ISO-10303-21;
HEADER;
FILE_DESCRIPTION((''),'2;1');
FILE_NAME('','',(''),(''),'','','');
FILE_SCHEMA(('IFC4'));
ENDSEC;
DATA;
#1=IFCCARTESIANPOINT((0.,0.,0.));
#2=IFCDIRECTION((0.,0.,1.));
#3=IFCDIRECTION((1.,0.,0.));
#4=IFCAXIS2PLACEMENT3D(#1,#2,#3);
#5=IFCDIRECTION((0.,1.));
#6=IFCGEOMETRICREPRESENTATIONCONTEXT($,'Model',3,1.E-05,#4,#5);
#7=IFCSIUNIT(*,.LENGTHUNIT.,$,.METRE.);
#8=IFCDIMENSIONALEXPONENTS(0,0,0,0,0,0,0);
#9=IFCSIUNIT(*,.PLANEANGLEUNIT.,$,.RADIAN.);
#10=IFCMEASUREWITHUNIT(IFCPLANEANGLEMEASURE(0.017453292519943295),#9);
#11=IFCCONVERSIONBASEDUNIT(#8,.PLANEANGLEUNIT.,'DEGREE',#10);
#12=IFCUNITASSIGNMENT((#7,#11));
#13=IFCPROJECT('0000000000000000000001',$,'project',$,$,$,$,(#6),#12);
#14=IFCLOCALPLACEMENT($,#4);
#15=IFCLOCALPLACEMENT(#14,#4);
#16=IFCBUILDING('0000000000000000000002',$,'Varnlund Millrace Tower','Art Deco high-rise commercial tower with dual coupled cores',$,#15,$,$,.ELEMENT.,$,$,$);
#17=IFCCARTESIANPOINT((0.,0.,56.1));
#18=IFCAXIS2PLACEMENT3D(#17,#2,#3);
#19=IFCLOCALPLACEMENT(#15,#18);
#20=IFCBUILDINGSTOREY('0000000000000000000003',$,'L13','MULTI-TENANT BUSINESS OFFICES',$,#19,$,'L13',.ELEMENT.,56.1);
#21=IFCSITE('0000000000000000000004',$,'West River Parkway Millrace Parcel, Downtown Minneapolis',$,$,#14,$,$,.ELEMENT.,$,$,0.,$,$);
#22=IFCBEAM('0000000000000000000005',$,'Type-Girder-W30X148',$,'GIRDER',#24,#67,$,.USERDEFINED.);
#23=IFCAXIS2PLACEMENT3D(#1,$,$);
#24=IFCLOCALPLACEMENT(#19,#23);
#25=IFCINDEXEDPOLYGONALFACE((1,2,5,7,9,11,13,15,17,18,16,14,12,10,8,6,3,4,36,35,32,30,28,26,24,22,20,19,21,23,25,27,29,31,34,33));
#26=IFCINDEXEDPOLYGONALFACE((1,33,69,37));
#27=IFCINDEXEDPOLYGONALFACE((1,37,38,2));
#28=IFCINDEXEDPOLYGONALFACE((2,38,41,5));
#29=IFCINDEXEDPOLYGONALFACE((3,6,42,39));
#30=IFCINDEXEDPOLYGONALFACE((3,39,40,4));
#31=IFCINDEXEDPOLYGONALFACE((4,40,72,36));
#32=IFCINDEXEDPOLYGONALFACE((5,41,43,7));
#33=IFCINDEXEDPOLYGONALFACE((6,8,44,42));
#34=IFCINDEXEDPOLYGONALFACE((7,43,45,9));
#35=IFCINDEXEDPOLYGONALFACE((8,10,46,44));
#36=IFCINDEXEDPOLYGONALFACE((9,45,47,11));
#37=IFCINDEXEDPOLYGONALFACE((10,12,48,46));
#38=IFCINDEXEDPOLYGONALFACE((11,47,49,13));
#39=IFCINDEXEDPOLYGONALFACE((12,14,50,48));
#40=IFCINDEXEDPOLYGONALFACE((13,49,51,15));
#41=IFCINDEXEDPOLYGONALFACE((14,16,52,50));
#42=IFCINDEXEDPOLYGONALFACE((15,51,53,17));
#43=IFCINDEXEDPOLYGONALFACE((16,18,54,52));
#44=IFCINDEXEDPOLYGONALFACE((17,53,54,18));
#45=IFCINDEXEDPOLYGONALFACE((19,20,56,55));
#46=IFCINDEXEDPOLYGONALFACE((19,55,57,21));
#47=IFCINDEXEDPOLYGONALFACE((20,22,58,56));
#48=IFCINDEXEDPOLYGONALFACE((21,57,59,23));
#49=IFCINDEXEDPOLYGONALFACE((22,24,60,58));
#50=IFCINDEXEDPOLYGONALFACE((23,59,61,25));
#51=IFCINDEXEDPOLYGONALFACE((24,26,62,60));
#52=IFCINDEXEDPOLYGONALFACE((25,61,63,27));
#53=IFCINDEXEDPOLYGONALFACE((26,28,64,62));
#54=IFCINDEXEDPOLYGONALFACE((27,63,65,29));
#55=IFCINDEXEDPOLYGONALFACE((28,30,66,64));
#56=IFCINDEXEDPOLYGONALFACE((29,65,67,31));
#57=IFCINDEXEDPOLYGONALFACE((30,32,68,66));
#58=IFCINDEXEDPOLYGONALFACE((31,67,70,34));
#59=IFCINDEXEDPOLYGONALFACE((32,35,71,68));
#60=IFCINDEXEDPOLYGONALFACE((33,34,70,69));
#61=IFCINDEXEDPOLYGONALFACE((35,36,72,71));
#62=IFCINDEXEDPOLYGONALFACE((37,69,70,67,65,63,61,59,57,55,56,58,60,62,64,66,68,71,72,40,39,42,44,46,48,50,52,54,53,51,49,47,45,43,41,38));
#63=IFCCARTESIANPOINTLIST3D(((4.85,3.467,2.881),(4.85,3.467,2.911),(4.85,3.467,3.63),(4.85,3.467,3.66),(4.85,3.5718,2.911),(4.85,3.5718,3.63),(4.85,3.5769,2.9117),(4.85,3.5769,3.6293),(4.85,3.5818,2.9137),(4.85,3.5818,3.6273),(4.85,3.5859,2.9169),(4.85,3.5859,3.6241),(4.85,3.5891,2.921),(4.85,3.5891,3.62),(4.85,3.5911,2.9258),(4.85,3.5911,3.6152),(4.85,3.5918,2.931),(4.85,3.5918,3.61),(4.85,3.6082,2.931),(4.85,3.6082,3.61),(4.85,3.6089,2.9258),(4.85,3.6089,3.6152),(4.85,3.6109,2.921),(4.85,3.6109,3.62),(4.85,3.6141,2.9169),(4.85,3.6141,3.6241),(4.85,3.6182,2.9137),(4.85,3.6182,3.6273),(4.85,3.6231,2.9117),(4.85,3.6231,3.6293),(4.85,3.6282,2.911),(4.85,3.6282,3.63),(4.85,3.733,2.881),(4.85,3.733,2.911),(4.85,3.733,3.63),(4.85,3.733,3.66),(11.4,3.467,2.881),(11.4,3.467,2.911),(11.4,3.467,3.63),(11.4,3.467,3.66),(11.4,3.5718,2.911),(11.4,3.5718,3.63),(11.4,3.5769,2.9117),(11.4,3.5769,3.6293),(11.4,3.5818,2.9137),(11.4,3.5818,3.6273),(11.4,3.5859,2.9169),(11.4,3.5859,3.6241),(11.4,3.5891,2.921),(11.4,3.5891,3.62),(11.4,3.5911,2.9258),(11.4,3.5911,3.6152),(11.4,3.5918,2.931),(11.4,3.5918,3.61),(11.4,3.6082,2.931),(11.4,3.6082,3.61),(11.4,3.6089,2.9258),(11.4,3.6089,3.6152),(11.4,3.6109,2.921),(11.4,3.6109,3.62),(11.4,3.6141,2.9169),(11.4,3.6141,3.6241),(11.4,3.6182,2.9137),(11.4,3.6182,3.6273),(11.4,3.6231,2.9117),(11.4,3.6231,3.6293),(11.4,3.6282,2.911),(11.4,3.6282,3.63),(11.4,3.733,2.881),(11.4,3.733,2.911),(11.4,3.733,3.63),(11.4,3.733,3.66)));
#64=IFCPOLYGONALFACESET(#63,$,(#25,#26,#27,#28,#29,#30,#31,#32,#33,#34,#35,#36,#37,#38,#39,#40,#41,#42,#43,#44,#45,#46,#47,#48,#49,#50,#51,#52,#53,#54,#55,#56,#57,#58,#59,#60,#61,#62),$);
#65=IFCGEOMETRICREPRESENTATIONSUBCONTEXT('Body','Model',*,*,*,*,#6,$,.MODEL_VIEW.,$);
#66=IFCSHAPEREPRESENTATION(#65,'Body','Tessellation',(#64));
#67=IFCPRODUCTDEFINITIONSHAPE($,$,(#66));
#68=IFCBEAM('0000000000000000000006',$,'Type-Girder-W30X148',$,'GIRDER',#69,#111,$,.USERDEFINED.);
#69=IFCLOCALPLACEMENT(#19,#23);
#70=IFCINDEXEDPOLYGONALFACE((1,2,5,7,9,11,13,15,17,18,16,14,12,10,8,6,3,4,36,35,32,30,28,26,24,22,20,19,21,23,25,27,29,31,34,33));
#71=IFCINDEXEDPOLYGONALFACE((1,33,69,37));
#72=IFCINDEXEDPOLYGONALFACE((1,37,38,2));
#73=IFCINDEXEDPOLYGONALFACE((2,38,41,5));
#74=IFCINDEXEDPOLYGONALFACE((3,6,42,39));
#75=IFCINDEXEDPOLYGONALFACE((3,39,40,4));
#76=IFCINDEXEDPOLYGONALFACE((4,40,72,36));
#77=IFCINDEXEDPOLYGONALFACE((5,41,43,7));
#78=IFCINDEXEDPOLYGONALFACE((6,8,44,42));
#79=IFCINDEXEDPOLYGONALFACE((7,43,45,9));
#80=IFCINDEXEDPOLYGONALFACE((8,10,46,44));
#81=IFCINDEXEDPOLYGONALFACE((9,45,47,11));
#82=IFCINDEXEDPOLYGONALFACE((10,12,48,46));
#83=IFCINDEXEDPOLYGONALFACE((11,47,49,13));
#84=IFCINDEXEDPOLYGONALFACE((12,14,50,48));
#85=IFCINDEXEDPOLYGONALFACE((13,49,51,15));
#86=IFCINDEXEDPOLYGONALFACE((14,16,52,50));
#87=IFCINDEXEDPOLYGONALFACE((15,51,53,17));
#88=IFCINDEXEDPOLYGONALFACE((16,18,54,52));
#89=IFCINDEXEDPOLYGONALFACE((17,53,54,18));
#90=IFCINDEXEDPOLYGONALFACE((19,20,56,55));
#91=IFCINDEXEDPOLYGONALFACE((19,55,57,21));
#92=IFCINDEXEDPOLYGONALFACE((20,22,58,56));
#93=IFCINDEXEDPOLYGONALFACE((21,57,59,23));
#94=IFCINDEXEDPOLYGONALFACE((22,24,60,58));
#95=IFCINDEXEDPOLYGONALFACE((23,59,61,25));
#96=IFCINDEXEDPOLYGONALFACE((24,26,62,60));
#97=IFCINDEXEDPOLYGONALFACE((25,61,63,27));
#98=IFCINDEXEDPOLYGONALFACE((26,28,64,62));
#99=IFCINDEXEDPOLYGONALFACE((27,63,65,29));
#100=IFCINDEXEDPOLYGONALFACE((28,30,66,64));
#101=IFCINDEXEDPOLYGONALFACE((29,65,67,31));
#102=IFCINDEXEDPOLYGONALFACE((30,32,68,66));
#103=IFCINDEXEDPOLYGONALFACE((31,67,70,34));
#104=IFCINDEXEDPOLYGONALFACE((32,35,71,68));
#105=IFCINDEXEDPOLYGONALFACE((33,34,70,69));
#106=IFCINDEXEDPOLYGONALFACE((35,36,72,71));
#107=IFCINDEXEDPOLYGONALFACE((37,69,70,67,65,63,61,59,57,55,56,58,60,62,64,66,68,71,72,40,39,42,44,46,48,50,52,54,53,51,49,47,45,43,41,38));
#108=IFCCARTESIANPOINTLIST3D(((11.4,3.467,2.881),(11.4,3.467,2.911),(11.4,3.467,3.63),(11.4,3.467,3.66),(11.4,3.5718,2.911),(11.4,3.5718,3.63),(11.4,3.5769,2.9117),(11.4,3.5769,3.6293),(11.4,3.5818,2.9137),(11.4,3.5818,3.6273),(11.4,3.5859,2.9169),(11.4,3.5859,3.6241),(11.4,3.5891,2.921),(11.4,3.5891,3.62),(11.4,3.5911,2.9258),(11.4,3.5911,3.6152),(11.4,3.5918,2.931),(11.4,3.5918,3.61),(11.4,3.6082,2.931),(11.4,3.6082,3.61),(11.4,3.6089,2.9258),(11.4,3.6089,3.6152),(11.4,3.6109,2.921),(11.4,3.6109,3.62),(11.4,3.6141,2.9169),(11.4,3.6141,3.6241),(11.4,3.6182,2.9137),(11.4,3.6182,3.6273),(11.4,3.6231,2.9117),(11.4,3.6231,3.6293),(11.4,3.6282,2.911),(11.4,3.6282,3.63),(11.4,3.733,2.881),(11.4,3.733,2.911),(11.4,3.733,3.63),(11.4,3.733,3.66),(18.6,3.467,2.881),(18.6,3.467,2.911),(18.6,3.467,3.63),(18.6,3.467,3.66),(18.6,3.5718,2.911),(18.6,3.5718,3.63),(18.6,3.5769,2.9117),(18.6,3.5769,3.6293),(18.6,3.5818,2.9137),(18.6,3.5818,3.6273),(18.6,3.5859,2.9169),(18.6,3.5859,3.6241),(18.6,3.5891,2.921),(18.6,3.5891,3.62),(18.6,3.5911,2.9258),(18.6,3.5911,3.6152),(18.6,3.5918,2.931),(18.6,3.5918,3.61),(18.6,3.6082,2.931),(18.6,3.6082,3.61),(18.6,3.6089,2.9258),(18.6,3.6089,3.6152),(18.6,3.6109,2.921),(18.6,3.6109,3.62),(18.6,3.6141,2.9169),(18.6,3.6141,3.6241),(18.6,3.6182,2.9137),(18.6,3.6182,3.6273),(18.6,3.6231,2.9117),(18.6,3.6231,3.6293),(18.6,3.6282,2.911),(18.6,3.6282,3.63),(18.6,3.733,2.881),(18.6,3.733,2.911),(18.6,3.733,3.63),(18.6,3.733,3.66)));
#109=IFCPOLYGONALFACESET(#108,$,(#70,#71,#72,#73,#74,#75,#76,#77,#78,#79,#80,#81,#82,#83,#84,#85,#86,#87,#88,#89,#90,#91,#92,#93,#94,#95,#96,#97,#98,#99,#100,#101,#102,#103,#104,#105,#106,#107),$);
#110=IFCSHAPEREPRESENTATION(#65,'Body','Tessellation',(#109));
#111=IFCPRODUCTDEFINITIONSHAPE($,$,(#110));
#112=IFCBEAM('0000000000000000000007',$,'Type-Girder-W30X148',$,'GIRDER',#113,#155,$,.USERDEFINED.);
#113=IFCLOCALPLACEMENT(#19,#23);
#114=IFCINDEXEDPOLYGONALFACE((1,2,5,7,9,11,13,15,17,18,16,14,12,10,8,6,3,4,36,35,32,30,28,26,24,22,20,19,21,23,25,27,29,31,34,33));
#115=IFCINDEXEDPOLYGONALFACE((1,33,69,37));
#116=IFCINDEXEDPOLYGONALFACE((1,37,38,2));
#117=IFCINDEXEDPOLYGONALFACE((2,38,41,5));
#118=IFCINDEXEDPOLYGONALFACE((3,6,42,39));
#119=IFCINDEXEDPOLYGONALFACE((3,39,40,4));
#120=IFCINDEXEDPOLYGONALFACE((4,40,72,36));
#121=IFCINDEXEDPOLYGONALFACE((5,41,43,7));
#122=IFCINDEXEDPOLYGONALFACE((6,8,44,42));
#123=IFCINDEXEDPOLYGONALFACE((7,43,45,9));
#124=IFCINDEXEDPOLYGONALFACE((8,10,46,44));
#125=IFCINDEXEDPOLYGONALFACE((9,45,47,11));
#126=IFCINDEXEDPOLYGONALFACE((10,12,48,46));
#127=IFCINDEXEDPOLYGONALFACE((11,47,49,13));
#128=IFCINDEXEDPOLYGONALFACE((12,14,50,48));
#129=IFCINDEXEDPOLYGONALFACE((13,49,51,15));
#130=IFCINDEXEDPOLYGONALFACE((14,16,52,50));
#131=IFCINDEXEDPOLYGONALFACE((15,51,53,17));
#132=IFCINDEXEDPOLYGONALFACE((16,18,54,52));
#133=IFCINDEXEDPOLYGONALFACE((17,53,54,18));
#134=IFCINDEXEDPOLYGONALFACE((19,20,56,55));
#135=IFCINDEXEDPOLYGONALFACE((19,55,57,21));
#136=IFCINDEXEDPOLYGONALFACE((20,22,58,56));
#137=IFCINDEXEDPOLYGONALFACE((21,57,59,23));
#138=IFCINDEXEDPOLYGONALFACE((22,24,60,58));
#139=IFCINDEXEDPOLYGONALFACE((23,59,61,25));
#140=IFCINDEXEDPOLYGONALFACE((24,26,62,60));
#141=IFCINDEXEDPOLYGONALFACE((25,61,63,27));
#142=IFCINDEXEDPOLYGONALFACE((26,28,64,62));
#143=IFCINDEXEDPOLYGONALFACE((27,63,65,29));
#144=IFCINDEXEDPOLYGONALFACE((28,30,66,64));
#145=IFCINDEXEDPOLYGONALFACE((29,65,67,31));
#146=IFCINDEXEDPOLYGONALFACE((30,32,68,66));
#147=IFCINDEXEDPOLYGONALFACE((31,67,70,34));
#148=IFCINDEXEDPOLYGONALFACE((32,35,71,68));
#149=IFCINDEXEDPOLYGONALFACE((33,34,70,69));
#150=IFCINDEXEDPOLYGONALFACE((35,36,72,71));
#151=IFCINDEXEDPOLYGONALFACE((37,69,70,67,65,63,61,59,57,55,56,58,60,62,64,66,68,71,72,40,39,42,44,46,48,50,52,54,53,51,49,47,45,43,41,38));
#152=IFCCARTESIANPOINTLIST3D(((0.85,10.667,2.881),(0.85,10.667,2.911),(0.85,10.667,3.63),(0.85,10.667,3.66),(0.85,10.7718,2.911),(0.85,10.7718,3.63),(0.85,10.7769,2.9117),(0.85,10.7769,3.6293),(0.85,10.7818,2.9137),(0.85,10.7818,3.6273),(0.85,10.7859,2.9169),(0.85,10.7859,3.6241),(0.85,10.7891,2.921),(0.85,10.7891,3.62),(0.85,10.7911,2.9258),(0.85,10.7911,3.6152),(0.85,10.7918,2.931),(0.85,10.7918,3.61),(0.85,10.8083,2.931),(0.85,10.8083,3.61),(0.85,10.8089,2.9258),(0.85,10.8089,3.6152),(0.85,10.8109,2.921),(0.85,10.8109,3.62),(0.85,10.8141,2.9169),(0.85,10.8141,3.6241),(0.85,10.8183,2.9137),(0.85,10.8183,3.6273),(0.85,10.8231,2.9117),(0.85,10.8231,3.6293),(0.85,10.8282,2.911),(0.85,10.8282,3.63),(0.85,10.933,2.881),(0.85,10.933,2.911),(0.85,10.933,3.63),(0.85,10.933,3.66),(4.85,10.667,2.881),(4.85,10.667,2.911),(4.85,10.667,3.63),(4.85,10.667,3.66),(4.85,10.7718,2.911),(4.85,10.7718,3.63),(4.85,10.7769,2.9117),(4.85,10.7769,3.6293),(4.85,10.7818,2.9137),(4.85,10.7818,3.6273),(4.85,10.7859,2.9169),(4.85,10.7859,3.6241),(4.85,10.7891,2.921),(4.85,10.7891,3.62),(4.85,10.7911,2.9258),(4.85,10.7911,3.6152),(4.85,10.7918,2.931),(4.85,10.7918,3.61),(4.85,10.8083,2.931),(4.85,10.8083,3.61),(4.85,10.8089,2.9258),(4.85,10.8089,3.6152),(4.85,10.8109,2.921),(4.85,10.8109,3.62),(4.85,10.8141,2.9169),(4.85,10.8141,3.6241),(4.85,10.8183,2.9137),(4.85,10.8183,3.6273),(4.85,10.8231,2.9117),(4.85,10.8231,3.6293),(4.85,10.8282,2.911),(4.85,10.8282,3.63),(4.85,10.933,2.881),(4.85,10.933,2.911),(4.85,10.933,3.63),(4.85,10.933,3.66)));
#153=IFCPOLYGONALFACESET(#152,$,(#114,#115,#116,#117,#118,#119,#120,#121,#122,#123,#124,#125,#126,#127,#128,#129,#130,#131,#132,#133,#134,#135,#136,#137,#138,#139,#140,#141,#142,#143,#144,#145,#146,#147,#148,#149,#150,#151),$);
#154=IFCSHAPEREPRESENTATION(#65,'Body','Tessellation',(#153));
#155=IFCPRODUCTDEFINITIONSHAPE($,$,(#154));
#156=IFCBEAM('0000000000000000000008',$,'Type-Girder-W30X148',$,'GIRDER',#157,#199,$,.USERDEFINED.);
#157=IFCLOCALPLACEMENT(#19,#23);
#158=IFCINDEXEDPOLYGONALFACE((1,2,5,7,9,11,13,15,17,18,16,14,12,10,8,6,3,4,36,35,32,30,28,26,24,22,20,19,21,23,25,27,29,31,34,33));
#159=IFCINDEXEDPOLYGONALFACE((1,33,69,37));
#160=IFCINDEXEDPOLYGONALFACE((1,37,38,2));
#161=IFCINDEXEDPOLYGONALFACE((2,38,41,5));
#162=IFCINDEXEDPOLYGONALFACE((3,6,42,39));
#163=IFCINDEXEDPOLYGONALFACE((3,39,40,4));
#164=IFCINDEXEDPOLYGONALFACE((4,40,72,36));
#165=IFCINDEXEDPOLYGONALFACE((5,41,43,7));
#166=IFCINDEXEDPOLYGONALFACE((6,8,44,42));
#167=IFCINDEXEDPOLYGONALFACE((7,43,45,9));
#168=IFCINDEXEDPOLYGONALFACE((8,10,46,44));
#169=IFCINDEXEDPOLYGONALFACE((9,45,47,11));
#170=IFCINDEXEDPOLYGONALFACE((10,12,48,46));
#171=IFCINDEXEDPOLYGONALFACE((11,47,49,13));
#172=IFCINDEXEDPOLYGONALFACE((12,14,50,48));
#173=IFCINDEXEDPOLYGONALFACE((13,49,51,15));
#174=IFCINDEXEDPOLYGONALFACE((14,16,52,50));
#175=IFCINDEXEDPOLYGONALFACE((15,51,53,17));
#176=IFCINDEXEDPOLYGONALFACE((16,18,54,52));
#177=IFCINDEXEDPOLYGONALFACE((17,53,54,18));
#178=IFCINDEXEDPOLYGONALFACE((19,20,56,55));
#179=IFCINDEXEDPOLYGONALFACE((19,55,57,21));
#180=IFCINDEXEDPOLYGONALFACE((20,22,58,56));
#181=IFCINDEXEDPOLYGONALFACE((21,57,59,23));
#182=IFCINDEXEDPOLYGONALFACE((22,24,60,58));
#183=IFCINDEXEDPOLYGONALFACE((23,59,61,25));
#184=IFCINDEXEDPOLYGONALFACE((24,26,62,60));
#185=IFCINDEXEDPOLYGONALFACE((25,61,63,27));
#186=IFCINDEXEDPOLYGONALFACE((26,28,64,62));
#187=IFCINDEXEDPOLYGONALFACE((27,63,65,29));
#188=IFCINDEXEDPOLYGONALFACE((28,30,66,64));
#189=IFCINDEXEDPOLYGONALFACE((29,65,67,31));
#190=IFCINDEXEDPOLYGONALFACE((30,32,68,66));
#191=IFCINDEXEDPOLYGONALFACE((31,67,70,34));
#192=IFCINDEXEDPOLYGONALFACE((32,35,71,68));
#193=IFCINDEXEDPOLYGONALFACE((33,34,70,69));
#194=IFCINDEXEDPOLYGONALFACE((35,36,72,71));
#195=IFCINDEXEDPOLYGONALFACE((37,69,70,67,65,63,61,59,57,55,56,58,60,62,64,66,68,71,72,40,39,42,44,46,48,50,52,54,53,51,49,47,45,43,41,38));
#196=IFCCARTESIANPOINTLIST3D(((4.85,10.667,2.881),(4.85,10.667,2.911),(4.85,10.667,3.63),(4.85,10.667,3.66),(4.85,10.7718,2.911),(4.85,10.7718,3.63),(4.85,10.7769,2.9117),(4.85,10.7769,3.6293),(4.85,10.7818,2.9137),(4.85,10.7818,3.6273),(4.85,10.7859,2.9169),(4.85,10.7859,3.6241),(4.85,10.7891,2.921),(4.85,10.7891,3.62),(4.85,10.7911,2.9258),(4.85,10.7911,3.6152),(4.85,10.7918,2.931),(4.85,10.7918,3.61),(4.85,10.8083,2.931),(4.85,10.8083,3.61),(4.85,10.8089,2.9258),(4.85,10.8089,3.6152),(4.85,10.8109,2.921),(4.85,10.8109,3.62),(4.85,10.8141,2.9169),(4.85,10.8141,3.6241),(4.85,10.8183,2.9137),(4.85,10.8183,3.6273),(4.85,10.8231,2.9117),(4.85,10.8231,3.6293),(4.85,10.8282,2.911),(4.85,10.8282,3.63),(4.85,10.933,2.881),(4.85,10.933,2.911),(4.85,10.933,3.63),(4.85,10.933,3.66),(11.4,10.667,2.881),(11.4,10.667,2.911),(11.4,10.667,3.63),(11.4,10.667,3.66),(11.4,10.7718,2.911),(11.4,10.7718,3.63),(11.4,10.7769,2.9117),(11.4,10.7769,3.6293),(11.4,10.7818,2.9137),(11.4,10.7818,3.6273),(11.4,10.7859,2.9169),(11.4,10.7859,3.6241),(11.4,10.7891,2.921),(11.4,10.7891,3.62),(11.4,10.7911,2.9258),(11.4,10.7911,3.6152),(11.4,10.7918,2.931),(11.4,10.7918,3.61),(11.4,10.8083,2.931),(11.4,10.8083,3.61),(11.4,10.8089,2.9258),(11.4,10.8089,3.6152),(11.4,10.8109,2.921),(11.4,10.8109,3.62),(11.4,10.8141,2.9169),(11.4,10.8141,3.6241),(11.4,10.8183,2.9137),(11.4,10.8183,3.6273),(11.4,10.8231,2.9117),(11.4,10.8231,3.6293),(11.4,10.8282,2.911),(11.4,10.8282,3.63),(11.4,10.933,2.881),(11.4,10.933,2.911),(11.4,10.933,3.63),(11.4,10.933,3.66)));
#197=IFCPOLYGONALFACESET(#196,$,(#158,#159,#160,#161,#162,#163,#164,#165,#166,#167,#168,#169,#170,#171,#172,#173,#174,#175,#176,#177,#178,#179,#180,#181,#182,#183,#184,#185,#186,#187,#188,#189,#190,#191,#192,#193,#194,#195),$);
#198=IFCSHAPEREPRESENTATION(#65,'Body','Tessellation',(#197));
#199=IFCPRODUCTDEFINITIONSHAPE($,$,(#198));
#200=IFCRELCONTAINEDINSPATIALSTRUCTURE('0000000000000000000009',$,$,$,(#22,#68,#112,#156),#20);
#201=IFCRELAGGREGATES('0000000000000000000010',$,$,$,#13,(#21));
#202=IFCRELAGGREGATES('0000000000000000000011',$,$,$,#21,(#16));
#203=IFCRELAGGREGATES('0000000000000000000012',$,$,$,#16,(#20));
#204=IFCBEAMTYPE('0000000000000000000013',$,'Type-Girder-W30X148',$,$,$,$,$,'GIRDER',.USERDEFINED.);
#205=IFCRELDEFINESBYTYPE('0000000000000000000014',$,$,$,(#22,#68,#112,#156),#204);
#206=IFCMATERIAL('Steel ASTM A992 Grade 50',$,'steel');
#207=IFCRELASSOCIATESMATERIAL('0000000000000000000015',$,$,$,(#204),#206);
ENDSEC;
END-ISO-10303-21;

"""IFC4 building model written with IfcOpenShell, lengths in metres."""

from ifc_helpers import new_model, entity, si_unit, converted_unit, direction, frame, origin_with_axes, origin_2d_with_axis, place, context, subcontext, project, spatial, i_section, extrude, material, material_profile, profile_set, type_object, element, save


model = new_model("IFC4")

# Units and contexts
model_context = context("Model", 3, precision=1e-05, world=origin_with_axes(), true_north=direction((0.0, 1.0)))
body_context = subcontext(model_context, "Body", "Model", "MODEL_VIEW")
ifc_project = project(units=[si_unit("LENGTHUNIT", "METRE"), converted_unit("PLANEANGLEUNIT", "DEGREE", entity("IfcPlaneAngleMeasure", 0.017453292519943295), si_unit("PLANEANGLEUNIT", "RADIAN"), dimensions=[0, 0, 0, 0, 0, 0, 0])], contexts=[model_context])

# Site, building, storey
site_placement = place(None, origin_with_axes())
site = spatial("IfcSite", under=ifc_project, at=site_placement, Name="West River Parkway Millrace Parcel, Downtown Minneapolis", CompositionType="ELEMENT", RefElevation=0.0)
building_placement = place(site_placement, origin_with_axes())
building = spatial("IfcBuilding", under=site, at=building_placement, Name="Varnlund Millrace Tower", Description="Art Deco high-rise commercial tower with dual coupled cores", CompositionType="ELEMENT")
storey_placement = place(building_placement, frame((0.0, 0.0, 56.1), z_axis=(0.0, 0.0, 1.0), x_axis=(1.0, 0.0, 0.0)))
storey = spatial("IfcBuildingStorey", under=building, at=storey_placement, Name="L13", Description="MULTI-TENANT BUSINESS OFFICES", LongName="L13", CompositionType="ELEMENT", Elevation=56.1)

# Beams
ifc_material_1 = material(Name="Steel ASTM A992 Grade 50", Category="steel")
ifc_material_profile_1 = material_profile(ifc_material_1, i_section(OverallWidth=0.266, OverallDepth=0.779, WebThickness=0.0165, FlangeThickness=0.03, FilletRadius=0.02, at=origin_2d_with_axis()), Name="Steel ASTM A992 Grade 50")
ifc_profile_set_1 = profile_set([ifc_material_profile_1], Name="Steel ASTM A992 Grade 50")
beam_type_1 = type_object("IfcBeamType", Name="Type-Girder-W30X148", ElementType="GIRDER", PredefinedType="USERDEFINED", material=ifc_profile_set_1)
beam_1_placement = place(storey_placement, frame((4.85, 3.6, 3.2705), z_axis=(1.0, 0.0, 0.0), x_axis=(0.0, 1.0, 0.0)))
element("IfcBeam", 1, at=beam_1_placement, inside=storey, type_object=beam_type_1, Name="Type-Girder-W30X148", ObjectType="GIRDER", PredefinedType="USERDEFINED", context=body_context, shape_type="SweptSolid", body=[
    extrude(i_section(OverallWidth=0.266, OverallDepth=0.779, WebThickness=0.0165, FlangeThickness=0.03, FilletRadius=0.02, at=origin_2d_with_axis()), origin_with_axes(), (0.0, 0.0, 1.0), 6.55),
])
beam_2_placement = place(storey_placement, frame((11.4, 3.6, 3.2705), z_axis=(1.0, 0.0, 0.0), x_axis=(0.0, 1.0, 0.0)))
element("IfcBeam", 2, at=beam_2_placement, inside=storey, type_object=beam_type_1, Name="Type-Girder-W30X148", ObjectType="GIRDER", PredefinedType="USERDEFINED", context=body_context, shape_type="SweptSolid", body=[
    extrude(i_section(OverallWidth=0.266, OverallDepth=0.779, WebThickness=0.0165, FlangeThickness=0.03, FilletRadius=0.02, at=origin_2d_with_axis()), origin_with_axes(), (0.0, 0.0, 1.0), 7.2),
])
beam_3_placement = place(storey_placement, frame((0.85, 10.8, 3.2705), z_axis=(1.0, 0.0, 0.0), x_axis=(0.0, 1.0, 0.0)))
element("IfcBeam", 3, at=beam_3_placement, inside=storey, type_object=beam_type_1, Name="Type-Girder-W30X148", ObjectType="GIRDER", PredefinedType="USERDEFINED", context=body_context, shape_type="SweptSolid", body=[
    extrude(i_section(OverallWidth=0.266, OverallDepth=0.779, WebThickness=0.0165, FlangeThickness=0.03, FilletRadius=0.02, at=origin_2d_with_axis()), origin_with_axes(), (0.0, 0.0, 1.0), 4.0),
])
beam_4_placement = place(storey_placement, frame((4.85, 10.8, 3.2705), z_axis=(1.0, 0.0, 0.0), x_axis=(0.0, 1.0, 0.0)))
element("IfcBeam", 4, at=beam_4_placement, inside=storey, type_object=beam_type_1, Name="Type-Girder-W30X148", ObjectType="GIRDER", PredefinedType="USERDEFINED", context=body_context, shape_type="SweptSolid", body=[
    extrude(i_section(OverallWidth=0.266, OverallDepth=0.779, WebThickness=0.0165, FlangeThickness=0.03, FilletRadius=0.02, at=origin_2d_with_axis()), origin_with_axes(), (0.0, 0.0, 1.0), 6.55),
])

save(model, "model.ifc")
